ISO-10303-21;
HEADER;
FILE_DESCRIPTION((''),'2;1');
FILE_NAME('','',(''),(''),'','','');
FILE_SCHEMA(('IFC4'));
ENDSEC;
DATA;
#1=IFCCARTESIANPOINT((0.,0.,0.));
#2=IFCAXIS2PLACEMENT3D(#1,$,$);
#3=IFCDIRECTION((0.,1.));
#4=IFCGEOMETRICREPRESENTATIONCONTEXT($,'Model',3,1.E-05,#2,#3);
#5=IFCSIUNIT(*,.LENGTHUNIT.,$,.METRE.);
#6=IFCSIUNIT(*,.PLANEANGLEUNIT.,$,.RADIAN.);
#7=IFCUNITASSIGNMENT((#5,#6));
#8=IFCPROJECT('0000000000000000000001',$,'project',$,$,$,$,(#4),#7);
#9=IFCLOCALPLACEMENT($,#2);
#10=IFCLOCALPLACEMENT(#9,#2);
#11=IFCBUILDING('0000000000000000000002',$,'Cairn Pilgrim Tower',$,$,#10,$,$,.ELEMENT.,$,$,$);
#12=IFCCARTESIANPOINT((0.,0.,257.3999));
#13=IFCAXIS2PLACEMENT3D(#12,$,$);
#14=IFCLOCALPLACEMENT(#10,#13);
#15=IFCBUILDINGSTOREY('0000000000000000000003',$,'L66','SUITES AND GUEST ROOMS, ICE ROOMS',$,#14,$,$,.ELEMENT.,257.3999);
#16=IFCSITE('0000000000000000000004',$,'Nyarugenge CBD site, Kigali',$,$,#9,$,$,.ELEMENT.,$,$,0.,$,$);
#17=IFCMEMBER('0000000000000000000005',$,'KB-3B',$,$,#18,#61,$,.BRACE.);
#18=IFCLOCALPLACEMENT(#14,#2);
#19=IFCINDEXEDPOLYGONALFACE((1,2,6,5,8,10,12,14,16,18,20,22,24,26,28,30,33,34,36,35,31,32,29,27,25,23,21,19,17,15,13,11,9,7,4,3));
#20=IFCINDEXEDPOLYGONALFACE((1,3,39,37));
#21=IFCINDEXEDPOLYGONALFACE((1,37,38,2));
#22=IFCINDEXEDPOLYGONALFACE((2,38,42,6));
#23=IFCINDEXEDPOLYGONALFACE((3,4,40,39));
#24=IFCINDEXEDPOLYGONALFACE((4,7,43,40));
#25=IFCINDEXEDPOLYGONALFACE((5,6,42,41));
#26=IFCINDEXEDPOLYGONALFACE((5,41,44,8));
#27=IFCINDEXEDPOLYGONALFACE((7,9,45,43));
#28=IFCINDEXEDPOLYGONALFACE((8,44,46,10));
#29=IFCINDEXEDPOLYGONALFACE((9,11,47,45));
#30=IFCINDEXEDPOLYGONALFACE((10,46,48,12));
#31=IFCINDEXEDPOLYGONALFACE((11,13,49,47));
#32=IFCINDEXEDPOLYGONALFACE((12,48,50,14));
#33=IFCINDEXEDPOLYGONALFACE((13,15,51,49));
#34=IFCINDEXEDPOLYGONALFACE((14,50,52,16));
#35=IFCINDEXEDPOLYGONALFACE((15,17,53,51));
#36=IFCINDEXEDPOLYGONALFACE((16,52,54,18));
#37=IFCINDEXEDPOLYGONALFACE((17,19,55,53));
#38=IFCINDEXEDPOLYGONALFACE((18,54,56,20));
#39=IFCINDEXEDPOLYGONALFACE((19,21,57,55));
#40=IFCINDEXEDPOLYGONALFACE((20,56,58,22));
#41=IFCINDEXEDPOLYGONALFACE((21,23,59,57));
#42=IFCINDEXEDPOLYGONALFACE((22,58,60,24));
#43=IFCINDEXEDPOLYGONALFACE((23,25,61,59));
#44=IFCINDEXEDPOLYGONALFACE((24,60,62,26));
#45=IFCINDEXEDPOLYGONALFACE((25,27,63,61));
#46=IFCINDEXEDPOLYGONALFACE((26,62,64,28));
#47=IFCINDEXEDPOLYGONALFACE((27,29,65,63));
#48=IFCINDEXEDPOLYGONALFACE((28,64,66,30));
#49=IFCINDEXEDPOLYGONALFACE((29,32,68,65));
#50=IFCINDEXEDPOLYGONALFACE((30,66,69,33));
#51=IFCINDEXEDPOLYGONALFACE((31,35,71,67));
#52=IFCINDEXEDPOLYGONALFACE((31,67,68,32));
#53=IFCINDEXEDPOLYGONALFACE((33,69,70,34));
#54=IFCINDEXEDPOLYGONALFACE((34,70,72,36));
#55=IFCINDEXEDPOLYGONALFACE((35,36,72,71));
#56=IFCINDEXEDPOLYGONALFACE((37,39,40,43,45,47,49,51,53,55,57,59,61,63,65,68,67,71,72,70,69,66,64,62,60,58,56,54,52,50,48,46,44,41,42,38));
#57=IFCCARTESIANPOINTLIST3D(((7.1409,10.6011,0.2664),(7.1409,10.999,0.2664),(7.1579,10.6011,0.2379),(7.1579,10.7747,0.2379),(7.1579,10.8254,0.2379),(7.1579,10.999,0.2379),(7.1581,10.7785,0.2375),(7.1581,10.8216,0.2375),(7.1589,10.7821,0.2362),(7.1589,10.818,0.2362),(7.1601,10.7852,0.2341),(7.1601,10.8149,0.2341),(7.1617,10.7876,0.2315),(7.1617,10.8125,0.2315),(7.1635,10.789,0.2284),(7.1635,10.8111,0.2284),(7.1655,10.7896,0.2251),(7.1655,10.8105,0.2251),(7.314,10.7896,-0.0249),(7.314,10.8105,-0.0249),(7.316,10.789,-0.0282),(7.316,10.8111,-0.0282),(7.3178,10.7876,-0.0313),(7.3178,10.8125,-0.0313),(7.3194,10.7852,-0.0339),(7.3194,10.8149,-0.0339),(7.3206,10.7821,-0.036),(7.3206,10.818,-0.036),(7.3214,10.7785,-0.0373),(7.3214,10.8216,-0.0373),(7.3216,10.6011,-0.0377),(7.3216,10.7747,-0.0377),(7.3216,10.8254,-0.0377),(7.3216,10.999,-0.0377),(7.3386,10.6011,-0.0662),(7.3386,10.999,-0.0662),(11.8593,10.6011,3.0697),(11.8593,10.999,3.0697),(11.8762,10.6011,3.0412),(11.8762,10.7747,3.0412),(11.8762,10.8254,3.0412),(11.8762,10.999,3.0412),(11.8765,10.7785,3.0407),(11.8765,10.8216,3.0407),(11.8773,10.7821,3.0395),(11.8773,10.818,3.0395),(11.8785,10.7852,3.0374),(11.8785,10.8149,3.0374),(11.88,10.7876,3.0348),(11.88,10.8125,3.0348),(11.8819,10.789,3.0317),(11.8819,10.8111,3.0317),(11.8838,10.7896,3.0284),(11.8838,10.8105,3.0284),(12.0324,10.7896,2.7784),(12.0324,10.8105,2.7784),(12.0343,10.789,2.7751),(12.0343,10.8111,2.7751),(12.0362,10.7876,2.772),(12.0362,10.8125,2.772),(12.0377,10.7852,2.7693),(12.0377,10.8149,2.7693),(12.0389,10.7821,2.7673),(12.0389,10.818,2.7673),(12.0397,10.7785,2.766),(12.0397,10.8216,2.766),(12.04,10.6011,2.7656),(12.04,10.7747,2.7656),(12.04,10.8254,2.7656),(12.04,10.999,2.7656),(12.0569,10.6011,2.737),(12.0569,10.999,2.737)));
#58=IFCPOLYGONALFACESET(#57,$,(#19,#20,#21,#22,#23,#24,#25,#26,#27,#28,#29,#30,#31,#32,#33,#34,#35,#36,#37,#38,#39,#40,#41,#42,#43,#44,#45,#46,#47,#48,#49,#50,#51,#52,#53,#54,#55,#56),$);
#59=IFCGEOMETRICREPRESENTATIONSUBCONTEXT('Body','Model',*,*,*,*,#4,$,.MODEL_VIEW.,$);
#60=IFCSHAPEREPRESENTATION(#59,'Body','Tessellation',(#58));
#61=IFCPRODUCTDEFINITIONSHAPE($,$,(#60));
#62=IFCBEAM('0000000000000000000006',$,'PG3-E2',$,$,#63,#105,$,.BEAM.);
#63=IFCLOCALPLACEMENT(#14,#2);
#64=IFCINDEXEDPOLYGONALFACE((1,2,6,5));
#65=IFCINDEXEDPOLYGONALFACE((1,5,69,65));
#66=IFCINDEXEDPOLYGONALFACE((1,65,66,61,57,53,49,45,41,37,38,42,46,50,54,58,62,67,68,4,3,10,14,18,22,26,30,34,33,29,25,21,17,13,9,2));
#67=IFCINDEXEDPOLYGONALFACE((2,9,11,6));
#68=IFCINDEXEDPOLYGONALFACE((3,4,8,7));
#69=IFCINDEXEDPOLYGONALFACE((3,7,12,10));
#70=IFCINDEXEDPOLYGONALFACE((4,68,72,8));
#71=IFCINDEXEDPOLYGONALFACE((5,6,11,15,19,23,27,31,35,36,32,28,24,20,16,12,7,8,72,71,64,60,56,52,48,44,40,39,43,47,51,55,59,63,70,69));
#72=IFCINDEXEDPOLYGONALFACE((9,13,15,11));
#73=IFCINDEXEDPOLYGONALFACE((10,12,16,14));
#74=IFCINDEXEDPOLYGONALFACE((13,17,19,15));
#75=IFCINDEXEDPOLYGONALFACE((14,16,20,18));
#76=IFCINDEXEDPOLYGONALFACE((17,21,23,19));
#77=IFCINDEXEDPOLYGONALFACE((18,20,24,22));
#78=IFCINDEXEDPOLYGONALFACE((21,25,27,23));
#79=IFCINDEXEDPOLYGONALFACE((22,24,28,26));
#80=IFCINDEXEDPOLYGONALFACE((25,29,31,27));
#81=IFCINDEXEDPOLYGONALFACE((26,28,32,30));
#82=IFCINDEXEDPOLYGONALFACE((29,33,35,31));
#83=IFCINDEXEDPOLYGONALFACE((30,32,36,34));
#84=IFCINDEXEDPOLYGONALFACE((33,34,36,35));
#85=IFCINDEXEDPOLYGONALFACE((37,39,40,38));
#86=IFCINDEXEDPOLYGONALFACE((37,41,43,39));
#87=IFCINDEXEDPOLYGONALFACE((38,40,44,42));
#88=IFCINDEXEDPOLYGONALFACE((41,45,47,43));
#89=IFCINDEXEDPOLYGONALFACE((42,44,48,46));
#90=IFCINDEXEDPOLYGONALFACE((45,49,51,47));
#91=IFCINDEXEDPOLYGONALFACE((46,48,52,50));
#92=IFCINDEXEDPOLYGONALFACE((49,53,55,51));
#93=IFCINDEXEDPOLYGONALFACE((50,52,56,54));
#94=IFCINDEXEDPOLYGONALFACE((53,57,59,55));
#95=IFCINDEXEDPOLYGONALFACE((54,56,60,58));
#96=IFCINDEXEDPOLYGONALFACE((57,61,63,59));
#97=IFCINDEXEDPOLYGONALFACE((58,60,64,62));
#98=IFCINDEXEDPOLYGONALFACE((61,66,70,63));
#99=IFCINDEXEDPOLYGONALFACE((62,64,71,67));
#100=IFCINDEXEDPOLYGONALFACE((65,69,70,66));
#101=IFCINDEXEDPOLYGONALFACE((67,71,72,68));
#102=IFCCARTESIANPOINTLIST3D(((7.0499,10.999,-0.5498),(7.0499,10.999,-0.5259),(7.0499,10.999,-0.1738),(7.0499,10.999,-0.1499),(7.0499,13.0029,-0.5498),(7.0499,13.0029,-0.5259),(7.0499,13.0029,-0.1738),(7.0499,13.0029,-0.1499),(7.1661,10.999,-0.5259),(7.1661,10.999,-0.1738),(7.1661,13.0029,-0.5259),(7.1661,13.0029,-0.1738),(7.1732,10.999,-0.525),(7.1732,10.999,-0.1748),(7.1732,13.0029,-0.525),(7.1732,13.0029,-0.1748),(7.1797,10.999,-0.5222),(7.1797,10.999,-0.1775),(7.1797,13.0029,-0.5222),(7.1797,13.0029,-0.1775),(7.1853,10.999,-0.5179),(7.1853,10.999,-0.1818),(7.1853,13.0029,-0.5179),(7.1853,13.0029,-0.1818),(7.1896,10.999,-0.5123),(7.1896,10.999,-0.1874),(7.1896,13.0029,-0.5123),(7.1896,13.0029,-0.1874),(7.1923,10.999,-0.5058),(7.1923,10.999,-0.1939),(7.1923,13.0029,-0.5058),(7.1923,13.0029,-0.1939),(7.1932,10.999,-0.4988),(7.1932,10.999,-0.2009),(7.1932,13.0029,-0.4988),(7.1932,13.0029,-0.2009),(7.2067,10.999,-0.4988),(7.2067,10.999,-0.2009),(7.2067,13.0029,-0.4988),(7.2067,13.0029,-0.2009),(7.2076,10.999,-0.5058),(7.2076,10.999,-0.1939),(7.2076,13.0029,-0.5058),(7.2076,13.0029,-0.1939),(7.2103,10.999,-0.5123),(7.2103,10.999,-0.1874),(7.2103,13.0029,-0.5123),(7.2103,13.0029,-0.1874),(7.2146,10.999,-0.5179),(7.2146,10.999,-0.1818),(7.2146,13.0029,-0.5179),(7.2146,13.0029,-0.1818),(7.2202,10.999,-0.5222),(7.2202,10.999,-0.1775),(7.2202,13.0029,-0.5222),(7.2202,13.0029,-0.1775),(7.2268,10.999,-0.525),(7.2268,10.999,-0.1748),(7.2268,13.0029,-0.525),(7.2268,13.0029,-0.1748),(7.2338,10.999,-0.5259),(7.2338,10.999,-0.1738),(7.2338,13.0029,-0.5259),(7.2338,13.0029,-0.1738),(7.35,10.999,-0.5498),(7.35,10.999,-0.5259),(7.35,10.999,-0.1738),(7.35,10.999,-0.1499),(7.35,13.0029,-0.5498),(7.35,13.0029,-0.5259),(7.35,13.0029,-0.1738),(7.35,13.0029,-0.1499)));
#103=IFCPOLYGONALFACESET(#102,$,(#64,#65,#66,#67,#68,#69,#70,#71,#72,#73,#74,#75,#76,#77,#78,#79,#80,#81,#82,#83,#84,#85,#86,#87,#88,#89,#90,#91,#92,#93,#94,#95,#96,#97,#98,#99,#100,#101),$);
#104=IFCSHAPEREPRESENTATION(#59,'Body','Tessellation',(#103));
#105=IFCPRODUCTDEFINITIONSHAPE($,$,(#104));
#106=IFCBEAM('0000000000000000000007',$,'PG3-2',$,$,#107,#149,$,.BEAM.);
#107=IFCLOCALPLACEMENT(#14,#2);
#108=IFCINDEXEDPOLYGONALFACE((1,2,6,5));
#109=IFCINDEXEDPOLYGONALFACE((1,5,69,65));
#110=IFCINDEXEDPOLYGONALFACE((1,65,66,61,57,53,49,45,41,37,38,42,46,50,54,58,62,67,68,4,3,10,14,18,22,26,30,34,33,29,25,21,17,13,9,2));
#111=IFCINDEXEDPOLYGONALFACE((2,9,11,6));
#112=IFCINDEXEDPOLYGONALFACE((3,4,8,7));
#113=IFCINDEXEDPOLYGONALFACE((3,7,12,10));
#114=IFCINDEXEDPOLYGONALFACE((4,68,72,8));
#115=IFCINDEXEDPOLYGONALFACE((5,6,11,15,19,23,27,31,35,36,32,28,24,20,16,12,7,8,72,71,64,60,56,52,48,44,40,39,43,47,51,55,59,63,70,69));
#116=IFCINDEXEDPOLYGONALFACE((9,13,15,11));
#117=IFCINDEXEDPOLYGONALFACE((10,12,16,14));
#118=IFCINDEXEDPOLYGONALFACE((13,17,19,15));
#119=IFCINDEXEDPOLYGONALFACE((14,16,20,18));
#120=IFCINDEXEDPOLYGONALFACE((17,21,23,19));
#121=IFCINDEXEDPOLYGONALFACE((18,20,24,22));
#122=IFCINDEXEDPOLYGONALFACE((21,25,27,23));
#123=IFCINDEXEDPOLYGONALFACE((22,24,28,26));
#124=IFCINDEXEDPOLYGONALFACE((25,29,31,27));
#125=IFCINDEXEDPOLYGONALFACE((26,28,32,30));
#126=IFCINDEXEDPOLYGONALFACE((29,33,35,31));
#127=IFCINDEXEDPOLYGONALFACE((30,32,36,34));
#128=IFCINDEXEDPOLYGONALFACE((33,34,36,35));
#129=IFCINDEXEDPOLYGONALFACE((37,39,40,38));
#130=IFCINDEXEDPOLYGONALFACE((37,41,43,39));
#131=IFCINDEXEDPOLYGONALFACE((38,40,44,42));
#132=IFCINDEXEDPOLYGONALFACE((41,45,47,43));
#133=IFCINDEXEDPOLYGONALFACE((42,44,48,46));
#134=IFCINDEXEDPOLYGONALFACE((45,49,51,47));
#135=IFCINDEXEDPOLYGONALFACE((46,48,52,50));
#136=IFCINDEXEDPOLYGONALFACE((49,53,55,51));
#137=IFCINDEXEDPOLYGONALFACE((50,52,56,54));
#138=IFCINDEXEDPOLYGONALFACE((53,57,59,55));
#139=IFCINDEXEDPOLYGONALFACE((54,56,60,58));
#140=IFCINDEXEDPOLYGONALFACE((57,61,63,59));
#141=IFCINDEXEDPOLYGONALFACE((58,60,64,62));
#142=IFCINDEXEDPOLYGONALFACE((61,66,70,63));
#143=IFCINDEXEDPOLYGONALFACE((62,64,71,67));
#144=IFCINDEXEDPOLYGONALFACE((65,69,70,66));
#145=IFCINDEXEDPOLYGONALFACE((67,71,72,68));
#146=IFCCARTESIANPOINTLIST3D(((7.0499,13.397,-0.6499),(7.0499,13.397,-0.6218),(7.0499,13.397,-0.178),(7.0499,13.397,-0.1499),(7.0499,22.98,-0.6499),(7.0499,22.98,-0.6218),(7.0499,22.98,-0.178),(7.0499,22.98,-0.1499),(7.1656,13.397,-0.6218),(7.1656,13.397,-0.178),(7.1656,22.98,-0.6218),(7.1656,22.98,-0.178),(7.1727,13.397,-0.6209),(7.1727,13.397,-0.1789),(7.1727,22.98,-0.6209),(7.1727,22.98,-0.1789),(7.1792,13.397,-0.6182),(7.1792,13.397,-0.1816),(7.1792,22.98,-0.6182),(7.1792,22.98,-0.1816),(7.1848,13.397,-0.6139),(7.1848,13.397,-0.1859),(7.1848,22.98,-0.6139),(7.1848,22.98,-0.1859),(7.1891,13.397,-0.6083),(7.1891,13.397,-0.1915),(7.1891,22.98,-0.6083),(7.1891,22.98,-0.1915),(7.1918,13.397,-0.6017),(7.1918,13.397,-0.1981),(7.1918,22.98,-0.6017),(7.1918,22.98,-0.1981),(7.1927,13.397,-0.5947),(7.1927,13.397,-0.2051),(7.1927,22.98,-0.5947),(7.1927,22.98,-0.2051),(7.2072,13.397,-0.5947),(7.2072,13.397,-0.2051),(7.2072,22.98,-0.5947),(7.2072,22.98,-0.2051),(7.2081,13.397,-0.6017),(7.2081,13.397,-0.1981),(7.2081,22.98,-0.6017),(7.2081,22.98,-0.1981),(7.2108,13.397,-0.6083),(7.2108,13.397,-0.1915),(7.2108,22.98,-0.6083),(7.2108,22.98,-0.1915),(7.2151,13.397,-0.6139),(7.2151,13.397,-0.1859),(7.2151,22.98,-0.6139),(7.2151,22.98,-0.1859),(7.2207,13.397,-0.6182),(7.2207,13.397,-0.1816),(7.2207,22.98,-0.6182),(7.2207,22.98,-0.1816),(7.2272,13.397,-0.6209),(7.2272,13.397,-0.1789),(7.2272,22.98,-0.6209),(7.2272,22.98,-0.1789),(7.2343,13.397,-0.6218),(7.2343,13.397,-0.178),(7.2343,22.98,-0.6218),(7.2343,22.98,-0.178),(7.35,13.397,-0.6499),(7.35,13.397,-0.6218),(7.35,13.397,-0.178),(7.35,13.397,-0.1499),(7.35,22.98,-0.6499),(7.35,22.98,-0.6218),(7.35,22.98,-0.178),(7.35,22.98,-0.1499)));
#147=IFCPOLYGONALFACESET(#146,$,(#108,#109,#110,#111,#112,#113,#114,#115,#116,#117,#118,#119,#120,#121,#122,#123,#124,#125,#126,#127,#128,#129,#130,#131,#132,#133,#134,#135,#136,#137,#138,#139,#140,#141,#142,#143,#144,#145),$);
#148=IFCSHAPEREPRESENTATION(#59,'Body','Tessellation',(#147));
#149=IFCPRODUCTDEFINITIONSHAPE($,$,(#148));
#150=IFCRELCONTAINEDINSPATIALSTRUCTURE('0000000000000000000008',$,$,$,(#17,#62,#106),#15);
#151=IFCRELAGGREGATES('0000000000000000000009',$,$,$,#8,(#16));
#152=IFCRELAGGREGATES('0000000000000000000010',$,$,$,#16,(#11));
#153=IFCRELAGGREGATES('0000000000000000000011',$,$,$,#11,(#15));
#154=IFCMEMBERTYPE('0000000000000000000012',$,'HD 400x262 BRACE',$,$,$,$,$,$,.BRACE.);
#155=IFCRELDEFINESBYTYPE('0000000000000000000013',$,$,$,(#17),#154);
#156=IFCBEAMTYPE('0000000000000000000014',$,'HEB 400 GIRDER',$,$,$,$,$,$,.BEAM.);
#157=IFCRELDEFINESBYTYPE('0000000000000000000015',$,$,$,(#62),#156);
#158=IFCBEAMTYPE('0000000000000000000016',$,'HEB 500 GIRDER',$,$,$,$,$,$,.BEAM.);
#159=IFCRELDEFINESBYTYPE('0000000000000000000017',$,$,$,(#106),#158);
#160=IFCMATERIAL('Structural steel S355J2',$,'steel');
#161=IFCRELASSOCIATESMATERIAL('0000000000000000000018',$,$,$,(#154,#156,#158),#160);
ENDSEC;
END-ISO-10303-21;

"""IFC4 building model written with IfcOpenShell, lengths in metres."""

from ifc_helpers import new_model, si_unit, direction, frame, origin, origin_2d, place, context, subcontext, project, spatial, i_section, extrude, material, material_profile, profile_set, type_object, element, save


model = new_model("IFC4")

# Units and contexts
model_context = context("Model", 3, precision=1e-05, world=origin(), true_north=direction((0.0, 1.0)))
body_context = subcontext(model_context, "Body", "Model", "MODEL_VIEW")
ifc_project = project(units=[si_unit("LENGTHUNIT", "METRE"), si_unit("PLANEANGLEUNIT", "RADIAN")], contexts=[model_context])

# Site, building, storey
site_placement = place(None, origin())
site = spatial("IfcSite", under=ifc_project, at=site_placement, Name="Nyarugenge CBD site, Kigali", CompositionType="ELEMENT", RefElevation=0.0)
building_placement = place(site_placement, origin())
building = spatial("IfcBuilding", under=site, at=building_placement, Name="Cairn Pilgrim Tower", CompositionType="ELEMENT")
storey_placement = place(building_placement, frame((0.0, 0.0, 257.3999)))
storey = spatial("IfcBuildingStorey", under=building, at=storey_placement, Name="L66", Description="SUITES AND GUEST ROOMS, ICE ROOMS", CompositionType="ELEMENT", Elevation=257.3999)

# Shared definitions
ifc_material_1 = material(Name="Structural steel S355J2", Category="steel")

# Member
ifc_material_profile_1 = material_profile(ifc_material_1, i_section(OverallWidth=0.3979, OverallDepth=0.387, WebThickness=0.021, FlangeThickness=0.0332, FilletRadius=0.0149, at=origin_2d()), Name="HD 400x262")
ifc_profile_set_1 = profile_set([ifc_material_profile_1], Name="Structural steel S355J2")
member_type_1 = type_object("IfcMemberType", Name="HD 400x262 BRACE", PredefinedType="BRACE", material=ifc_profile_set_1)
member_1_placement = place(storey_placement, frame((7.2397, 10.8, 0.1001), z_axis=(0.859714, 0.0, 0.510775), x_axis=(0.0, 1.0, 0.0)))
element("IfcMember", 1, at=member_1_placement, inside=storey, type_object=member_type_1, Name="KB-3B", PredefinedType="BRACE", context=body_context, shape_type="SweptSolid", body=[
    extrude(i_section(OverallWidth=0.3979, OverallDepth=0.387, WebThickness=0.021, FlangeThickness=0.0332, FilletRadius=0.0149, at=origin_2d()), origin(), (0.0, 0.0, 1.0), 5.4883),
])

# Beams
ifc_material_profile_2 = material_profile(ifc_material_1, i_section(OverallWidth=0.3, OverallDepth=0.3999, WebThickness=0.0134, FlangeThickness=0.0239, FilletRadius=0.0271, at=origin_2d()), Name="HEB 400")
ifc_profile_set_2 = profile_set([ifc_material_profile_2], Name="Structural steel S355J2")
beam_type_1 = type_object("IfcBeamType", Name="HEB 400 GIRDER", PredefinedType="BEAM", material=ifc_profile_set_2)
beam_1_placement = place(storey_placement, frame((7.2, 10.999, -0.3499), z_axis=(0.0, 1.0, 0.0), x_axis=(-1.0, 0.0, 0.0)))
element("IfcBeam", 2, at=beam_1_placement, inside=storey, type_object=beam_type_1, Name="PG3-E2", PredefinedType="BEAM", context=body_context, shape_type="SweptSolid", body=[
    extrude(i_section(OverallWidth=0.3, OverallDepth=0.3999, WebThickness=0.0134, FlangeThickness=0.0239, FilletRadius=0.0271, at=origin_2d()), origin(), (0.0, 0.0, 1.0), 2.0039),
])
ifc_material_profile_3 = material_profile(ifc_material_1, i_section(OverallWidth=0.3, OverallDepth=0.5, WebThickness=0.0144, FlangeThickness=0.0281, FilletRadius=0.0271, at=origin_2d()), Name="HEB 500")
ifc_profile_set_3 = profile_set([ifc_material_profile_3], Name="Structural steel S355J2")
beam_type_2 = type_object("IfcBeamType", Name="HEB 500 GIRDER", PredefinedType="BEAM", material=ifc_profile_set_3)
beam_2_placement = place(storey_placement, frame((7.2, 13.397, -0.3999), z_axis=(0.0, 1.0, 0.0), x_axis=(-1.0, 0.0, 0.0)))
element("IfcBeam", 3, at=beam_2_placement, inside=storey, type_object=beam_type_2, Name="PG3-2", PredefinedType="BEAM", context=body_context, shape_type="SweptSolid", body=[
    extrude(i_section(OverallWidth=0.3, OverallDepth=0.5, WebThickness=0.0144, FlangeThickness=0.0281, FilletRadius=0.0271, at=origin_2d()), origin(), (0.0, 0.0, 1.0), 9.583),
])

save(model, "model.ifc")
